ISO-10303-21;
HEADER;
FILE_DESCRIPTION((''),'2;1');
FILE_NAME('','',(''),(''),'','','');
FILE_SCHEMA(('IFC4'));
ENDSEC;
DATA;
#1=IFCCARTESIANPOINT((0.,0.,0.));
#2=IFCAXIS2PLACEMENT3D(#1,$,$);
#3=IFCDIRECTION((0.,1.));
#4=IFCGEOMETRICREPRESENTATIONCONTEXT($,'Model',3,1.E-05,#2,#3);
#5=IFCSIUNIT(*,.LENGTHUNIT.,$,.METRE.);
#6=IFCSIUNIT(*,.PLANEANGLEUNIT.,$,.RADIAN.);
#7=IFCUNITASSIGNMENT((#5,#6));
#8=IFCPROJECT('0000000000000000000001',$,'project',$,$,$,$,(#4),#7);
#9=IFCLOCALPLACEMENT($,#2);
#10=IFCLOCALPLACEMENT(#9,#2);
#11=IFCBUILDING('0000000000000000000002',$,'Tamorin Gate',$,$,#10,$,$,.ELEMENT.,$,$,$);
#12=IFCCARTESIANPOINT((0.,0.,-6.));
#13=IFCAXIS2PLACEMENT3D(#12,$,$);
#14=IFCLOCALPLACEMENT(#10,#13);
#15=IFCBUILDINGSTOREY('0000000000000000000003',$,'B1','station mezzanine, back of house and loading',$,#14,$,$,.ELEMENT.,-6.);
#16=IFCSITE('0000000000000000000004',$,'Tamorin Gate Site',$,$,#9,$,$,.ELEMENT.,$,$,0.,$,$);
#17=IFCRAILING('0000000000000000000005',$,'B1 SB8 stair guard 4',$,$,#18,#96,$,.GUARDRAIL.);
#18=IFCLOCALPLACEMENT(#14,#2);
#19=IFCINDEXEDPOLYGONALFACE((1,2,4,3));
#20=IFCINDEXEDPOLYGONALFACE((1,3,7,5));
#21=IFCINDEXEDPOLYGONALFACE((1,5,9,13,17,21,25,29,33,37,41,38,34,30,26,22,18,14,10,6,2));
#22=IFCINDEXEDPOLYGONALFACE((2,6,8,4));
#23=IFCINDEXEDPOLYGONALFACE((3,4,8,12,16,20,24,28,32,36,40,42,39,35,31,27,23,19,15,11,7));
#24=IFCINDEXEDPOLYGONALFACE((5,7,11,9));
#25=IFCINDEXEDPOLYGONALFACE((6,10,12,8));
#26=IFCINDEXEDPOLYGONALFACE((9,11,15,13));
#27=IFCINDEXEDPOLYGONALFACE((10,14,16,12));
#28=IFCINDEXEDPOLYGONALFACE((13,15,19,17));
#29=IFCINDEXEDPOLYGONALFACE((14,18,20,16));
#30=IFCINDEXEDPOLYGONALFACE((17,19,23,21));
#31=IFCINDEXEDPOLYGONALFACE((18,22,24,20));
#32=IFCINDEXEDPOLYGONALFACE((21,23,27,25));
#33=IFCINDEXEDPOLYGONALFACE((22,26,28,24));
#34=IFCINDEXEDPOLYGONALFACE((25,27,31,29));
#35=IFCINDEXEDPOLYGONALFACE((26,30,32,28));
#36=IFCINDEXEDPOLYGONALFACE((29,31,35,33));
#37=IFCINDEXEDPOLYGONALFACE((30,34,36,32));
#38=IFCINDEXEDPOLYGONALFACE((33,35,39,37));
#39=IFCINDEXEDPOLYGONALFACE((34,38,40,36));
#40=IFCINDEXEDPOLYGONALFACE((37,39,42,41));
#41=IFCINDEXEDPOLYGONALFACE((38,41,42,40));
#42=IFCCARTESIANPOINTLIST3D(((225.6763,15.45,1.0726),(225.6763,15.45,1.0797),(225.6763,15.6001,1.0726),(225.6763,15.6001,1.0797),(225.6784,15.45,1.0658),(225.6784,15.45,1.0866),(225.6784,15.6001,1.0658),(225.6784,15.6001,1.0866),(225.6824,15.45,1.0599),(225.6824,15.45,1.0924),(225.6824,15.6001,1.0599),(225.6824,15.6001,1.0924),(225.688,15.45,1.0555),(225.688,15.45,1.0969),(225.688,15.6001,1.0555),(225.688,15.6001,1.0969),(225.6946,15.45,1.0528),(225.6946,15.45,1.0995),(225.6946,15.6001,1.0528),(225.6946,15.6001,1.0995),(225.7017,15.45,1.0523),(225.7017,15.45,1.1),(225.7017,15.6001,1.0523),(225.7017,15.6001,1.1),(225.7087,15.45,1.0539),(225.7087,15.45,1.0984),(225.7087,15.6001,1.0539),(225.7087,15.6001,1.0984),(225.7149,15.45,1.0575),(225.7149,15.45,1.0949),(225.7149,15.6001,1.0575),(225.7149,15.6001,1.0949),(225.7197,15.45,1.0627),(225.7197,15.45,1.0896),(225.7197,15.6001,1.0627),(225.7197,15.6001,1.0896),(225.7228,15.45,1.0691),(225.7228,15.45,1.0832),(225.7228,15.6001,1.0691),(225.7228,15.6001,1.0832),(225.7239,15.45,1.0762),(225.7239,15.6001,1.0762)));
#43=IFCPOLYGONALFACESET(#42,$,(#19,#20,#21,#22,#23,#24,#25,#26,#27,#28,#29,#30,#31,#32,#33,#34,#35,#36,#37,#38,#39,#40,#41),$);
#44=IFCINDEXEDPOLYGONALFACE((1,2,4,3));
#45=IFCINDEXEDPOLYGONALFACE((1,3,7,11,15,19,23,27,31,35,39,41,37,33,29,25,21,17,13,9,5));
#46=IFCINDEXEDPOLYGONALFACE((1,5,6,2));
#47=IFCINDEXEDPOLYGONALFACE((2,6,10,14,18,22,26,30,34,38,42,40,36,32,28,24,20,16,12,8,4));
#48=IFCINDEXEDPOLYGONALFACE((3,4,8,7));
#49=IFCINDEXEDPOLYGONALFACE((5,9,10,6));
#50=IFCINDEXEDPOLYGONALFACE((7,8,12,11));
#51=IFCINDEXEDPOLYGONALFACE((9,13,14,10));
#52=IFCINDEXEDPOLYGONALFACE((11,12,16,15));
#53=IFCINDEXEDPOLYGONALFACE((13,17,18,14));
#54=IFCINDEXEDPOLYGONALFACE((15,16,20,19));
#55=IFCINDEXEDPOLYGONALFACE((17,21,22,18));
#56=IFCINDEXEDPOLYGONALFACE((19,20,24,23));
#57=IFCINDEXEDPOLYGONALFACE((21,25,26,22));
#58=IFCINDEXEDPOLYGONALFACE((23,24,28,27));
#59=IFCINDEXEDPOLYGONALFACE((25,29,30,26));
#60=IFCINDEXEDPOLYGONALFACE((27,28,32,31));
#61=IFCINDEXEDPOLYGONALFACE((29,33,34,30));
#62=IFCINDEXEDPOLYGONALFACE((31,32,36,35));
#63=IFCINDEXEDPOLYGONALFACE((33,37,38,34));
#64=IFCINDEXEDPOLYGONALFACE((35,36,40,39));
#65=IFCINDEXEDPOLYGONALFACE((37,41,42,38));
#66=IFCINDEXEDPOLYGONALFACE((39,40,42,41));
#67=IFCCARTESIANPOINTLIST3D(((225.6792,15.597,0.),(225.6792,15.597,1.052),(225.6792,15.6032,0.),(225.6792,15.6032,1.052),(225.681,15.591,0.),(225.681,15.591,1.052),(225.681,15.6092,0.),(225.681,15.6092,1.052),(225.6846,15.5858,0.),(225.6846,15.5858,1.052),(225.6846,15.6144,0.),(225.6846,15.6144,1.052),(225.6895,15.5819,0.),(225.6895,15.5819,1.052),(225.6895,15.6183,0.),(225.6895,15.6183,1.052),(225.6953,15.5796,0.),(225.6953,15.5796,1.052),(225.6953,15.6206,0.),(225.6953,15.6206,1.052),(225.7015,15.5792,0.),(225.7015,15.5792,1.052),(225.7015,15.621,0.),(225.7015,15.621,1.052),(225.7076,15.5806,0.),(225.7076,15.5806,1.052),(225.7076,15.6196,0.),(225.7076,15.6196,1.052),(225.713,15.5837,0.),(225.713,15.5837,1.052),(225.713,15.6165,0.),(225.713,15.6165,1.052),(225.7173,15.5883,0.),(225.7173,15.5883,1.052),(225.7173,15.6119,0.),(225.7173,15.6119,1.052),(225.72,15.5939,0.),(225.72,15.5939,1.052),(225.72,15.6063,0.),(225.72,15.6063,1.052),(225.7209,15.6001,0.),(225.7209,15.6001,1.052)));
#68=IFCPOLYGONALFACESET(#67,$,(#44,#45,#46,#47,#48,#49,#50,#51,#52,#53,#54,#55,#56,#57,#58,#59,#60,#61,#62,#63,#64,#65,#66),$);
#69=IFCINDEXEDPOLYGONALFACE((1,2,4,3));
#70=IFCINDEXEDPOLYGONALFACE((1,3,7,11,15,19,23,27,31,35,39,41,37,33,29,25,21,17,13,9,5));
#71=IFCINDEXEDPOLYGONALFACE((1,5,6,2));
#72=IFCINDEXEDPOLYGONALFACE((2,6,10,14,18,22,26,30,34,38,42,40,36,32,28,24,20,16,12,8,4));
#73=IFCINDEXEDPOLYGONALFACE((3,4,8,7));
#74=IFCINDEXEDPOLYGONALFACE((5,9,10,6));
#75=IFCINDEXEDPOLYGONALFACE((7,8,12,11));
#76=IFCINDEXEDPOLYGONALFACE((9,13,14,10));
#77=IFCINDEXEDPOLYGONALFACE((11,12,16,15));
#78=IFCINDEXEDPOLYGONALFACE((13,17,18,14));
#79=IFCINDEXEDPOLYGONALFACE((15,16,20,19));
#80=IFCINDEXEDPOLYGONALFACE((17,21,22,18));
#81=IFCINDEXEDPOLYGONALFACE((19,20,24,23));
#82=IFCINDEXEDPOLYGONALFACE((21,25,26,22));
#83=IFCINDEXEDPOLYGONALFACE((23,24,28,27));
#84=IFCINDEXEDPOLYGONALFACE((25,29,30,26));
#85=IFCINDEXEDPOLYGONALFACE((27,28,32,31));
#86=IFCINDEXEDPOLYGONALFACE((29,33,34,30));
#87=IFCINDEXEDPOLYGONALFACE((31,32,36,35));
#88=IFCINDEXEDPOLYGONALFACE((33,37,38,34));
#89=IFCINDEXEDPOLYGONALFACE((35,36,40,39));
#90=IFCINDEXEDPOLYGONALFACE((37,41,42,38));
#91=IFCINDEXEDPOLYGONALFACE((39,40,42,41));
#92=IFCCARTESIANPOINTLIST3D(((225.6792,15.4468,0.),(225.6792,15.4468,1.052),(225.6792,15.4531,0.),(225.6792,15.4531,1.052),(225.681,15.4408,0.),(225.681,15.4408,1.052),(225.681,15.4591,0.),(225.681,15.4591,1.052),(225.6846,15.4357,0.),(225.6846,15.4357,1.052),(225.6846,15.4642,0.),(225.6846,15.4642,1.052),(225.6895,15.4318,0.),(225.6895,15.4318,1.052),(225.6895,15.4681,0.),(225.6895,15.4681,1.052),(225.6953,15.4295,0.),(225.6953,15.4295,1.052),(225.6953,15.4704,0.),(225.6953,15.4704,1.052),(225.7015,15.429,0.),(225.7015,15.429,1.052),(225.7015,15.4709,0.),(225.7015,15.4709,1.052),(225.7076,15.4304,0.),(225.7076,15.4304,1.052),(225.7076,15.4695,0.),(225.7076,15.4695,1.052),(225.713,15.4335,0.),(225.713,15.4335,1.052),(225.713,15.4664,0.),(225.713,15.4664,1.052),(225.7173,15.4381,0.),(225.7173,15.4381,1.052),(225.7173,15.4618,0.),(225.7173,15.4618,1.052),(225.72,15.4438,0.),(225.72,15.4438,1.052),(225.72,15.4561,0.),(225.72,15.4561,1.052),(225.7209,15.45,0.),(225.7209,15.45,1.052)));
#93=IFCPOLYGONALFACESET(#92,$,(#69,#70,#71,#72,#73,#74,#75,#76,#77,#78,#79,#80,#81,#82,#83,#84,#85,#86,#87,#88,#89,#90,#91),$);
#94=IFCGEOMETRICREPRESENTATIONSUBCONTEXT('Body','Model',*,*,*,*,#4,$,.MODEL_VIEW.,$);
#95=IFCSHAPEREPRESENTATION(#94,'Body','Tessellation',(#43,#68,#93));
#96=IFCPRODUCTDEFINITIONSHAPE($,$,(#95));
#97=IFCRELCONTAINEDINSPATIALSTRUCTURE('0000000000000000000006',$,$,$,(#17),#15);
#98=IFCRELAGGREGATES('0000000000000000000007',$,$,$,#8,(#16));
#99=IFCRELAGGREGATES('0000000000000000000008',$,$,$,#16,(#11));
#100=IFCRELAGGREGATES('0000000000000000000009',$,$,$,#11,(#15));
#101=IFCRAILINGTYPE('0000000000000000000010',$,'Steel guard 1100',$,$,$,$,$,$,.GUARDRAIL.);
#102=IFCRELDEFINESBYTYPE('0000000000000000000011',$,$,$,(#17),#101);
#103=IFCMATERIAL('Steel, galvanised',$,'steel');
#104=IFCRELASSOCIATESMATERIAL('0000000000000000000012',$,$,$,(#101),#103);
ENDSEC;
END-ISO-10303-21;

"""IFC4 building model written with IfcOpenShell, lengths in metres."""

from ifc_helpers import new_model, si_unit, direction, frame, origin, origin_2d, place, context, subcontext, project, spatial, circle, extrude, material, type_object, element, save


model = new_model("IFC4")

# Units and contexts
model_context = context("Model", 3, precision=1e-05, world=origin(), true_north=direction((0.0, 1.0)))
body_context = subcontext(model_context, "Body", "Model", "MODEL_VIEW")
ifc_project = project(units=[si_unit("LENGTHUNIT", "METRE"), si_unit("PLANEANGLEUNIT", "RADIAN")], contexts=[model_context])

# Site, building, storey
site_placement = place(None, origin())
site = spatial("IfcSite", under=ifc_project, at=site_placement, Name="Tamorin Gate Site", CompositionType="ELEMENT", RefElevation=0.0)
building_placement = place(site_placement, origin())
building = spatial("IfcBuilding", under=site, at=building_placement, Name="Tamorin Gate", CompositionType="ELEMENT")
storey_placement = place(building_placement, frame((0.0, 0.0, -6.0)))
storey = spatial("IfcBuildingStorey", under=building, at=storey_placement, Name="B1", Description="station mezzanine, back of house and loading", CompositionType="ELEMENT", Elevation=-6.0)

# Railing
ifc_material_1 = material(Name="Steel, galvanised", Category="steel")
railing_type_1 = type_object("IfcRailingType", Name="Steel guard 1100", PredefinedType="GUARDRAIL", material=ifc_material_1)
railing_1_placement = place(storey_placement, frame((225.7, 15.6001, 0.0)))
element("IfcRailing", 1, at=railing_1_placement, inside=storey, type_object=railing_type_1, Name="B1 SB8 stair guard 4", PredefinedType="GUARDRAIL", context=body_context, shape_type="SweptSolid", body=[
    extrude(circle(Radius=0.0239, at=origin_2d()), frame((0.0, 0.0, 1.0762), z_axis=(0.0, -1.0, 0.0), x_axis=(1.0, 0.0, 0.0)), (0.0, 0.0, 1.0), 0.1501),
    extrude(circle(Radius=0.021, at=origin_2d()), origin(), (0.0, 0.0, 1.0), 1.052),
    extrude(circle(Radius=0.021, at=origin_2d()), frame((0.0, -0.1501, 0.0)), (0.0, 0.0, 1.0), 1.052),
])

save(model, "model.ifc")
